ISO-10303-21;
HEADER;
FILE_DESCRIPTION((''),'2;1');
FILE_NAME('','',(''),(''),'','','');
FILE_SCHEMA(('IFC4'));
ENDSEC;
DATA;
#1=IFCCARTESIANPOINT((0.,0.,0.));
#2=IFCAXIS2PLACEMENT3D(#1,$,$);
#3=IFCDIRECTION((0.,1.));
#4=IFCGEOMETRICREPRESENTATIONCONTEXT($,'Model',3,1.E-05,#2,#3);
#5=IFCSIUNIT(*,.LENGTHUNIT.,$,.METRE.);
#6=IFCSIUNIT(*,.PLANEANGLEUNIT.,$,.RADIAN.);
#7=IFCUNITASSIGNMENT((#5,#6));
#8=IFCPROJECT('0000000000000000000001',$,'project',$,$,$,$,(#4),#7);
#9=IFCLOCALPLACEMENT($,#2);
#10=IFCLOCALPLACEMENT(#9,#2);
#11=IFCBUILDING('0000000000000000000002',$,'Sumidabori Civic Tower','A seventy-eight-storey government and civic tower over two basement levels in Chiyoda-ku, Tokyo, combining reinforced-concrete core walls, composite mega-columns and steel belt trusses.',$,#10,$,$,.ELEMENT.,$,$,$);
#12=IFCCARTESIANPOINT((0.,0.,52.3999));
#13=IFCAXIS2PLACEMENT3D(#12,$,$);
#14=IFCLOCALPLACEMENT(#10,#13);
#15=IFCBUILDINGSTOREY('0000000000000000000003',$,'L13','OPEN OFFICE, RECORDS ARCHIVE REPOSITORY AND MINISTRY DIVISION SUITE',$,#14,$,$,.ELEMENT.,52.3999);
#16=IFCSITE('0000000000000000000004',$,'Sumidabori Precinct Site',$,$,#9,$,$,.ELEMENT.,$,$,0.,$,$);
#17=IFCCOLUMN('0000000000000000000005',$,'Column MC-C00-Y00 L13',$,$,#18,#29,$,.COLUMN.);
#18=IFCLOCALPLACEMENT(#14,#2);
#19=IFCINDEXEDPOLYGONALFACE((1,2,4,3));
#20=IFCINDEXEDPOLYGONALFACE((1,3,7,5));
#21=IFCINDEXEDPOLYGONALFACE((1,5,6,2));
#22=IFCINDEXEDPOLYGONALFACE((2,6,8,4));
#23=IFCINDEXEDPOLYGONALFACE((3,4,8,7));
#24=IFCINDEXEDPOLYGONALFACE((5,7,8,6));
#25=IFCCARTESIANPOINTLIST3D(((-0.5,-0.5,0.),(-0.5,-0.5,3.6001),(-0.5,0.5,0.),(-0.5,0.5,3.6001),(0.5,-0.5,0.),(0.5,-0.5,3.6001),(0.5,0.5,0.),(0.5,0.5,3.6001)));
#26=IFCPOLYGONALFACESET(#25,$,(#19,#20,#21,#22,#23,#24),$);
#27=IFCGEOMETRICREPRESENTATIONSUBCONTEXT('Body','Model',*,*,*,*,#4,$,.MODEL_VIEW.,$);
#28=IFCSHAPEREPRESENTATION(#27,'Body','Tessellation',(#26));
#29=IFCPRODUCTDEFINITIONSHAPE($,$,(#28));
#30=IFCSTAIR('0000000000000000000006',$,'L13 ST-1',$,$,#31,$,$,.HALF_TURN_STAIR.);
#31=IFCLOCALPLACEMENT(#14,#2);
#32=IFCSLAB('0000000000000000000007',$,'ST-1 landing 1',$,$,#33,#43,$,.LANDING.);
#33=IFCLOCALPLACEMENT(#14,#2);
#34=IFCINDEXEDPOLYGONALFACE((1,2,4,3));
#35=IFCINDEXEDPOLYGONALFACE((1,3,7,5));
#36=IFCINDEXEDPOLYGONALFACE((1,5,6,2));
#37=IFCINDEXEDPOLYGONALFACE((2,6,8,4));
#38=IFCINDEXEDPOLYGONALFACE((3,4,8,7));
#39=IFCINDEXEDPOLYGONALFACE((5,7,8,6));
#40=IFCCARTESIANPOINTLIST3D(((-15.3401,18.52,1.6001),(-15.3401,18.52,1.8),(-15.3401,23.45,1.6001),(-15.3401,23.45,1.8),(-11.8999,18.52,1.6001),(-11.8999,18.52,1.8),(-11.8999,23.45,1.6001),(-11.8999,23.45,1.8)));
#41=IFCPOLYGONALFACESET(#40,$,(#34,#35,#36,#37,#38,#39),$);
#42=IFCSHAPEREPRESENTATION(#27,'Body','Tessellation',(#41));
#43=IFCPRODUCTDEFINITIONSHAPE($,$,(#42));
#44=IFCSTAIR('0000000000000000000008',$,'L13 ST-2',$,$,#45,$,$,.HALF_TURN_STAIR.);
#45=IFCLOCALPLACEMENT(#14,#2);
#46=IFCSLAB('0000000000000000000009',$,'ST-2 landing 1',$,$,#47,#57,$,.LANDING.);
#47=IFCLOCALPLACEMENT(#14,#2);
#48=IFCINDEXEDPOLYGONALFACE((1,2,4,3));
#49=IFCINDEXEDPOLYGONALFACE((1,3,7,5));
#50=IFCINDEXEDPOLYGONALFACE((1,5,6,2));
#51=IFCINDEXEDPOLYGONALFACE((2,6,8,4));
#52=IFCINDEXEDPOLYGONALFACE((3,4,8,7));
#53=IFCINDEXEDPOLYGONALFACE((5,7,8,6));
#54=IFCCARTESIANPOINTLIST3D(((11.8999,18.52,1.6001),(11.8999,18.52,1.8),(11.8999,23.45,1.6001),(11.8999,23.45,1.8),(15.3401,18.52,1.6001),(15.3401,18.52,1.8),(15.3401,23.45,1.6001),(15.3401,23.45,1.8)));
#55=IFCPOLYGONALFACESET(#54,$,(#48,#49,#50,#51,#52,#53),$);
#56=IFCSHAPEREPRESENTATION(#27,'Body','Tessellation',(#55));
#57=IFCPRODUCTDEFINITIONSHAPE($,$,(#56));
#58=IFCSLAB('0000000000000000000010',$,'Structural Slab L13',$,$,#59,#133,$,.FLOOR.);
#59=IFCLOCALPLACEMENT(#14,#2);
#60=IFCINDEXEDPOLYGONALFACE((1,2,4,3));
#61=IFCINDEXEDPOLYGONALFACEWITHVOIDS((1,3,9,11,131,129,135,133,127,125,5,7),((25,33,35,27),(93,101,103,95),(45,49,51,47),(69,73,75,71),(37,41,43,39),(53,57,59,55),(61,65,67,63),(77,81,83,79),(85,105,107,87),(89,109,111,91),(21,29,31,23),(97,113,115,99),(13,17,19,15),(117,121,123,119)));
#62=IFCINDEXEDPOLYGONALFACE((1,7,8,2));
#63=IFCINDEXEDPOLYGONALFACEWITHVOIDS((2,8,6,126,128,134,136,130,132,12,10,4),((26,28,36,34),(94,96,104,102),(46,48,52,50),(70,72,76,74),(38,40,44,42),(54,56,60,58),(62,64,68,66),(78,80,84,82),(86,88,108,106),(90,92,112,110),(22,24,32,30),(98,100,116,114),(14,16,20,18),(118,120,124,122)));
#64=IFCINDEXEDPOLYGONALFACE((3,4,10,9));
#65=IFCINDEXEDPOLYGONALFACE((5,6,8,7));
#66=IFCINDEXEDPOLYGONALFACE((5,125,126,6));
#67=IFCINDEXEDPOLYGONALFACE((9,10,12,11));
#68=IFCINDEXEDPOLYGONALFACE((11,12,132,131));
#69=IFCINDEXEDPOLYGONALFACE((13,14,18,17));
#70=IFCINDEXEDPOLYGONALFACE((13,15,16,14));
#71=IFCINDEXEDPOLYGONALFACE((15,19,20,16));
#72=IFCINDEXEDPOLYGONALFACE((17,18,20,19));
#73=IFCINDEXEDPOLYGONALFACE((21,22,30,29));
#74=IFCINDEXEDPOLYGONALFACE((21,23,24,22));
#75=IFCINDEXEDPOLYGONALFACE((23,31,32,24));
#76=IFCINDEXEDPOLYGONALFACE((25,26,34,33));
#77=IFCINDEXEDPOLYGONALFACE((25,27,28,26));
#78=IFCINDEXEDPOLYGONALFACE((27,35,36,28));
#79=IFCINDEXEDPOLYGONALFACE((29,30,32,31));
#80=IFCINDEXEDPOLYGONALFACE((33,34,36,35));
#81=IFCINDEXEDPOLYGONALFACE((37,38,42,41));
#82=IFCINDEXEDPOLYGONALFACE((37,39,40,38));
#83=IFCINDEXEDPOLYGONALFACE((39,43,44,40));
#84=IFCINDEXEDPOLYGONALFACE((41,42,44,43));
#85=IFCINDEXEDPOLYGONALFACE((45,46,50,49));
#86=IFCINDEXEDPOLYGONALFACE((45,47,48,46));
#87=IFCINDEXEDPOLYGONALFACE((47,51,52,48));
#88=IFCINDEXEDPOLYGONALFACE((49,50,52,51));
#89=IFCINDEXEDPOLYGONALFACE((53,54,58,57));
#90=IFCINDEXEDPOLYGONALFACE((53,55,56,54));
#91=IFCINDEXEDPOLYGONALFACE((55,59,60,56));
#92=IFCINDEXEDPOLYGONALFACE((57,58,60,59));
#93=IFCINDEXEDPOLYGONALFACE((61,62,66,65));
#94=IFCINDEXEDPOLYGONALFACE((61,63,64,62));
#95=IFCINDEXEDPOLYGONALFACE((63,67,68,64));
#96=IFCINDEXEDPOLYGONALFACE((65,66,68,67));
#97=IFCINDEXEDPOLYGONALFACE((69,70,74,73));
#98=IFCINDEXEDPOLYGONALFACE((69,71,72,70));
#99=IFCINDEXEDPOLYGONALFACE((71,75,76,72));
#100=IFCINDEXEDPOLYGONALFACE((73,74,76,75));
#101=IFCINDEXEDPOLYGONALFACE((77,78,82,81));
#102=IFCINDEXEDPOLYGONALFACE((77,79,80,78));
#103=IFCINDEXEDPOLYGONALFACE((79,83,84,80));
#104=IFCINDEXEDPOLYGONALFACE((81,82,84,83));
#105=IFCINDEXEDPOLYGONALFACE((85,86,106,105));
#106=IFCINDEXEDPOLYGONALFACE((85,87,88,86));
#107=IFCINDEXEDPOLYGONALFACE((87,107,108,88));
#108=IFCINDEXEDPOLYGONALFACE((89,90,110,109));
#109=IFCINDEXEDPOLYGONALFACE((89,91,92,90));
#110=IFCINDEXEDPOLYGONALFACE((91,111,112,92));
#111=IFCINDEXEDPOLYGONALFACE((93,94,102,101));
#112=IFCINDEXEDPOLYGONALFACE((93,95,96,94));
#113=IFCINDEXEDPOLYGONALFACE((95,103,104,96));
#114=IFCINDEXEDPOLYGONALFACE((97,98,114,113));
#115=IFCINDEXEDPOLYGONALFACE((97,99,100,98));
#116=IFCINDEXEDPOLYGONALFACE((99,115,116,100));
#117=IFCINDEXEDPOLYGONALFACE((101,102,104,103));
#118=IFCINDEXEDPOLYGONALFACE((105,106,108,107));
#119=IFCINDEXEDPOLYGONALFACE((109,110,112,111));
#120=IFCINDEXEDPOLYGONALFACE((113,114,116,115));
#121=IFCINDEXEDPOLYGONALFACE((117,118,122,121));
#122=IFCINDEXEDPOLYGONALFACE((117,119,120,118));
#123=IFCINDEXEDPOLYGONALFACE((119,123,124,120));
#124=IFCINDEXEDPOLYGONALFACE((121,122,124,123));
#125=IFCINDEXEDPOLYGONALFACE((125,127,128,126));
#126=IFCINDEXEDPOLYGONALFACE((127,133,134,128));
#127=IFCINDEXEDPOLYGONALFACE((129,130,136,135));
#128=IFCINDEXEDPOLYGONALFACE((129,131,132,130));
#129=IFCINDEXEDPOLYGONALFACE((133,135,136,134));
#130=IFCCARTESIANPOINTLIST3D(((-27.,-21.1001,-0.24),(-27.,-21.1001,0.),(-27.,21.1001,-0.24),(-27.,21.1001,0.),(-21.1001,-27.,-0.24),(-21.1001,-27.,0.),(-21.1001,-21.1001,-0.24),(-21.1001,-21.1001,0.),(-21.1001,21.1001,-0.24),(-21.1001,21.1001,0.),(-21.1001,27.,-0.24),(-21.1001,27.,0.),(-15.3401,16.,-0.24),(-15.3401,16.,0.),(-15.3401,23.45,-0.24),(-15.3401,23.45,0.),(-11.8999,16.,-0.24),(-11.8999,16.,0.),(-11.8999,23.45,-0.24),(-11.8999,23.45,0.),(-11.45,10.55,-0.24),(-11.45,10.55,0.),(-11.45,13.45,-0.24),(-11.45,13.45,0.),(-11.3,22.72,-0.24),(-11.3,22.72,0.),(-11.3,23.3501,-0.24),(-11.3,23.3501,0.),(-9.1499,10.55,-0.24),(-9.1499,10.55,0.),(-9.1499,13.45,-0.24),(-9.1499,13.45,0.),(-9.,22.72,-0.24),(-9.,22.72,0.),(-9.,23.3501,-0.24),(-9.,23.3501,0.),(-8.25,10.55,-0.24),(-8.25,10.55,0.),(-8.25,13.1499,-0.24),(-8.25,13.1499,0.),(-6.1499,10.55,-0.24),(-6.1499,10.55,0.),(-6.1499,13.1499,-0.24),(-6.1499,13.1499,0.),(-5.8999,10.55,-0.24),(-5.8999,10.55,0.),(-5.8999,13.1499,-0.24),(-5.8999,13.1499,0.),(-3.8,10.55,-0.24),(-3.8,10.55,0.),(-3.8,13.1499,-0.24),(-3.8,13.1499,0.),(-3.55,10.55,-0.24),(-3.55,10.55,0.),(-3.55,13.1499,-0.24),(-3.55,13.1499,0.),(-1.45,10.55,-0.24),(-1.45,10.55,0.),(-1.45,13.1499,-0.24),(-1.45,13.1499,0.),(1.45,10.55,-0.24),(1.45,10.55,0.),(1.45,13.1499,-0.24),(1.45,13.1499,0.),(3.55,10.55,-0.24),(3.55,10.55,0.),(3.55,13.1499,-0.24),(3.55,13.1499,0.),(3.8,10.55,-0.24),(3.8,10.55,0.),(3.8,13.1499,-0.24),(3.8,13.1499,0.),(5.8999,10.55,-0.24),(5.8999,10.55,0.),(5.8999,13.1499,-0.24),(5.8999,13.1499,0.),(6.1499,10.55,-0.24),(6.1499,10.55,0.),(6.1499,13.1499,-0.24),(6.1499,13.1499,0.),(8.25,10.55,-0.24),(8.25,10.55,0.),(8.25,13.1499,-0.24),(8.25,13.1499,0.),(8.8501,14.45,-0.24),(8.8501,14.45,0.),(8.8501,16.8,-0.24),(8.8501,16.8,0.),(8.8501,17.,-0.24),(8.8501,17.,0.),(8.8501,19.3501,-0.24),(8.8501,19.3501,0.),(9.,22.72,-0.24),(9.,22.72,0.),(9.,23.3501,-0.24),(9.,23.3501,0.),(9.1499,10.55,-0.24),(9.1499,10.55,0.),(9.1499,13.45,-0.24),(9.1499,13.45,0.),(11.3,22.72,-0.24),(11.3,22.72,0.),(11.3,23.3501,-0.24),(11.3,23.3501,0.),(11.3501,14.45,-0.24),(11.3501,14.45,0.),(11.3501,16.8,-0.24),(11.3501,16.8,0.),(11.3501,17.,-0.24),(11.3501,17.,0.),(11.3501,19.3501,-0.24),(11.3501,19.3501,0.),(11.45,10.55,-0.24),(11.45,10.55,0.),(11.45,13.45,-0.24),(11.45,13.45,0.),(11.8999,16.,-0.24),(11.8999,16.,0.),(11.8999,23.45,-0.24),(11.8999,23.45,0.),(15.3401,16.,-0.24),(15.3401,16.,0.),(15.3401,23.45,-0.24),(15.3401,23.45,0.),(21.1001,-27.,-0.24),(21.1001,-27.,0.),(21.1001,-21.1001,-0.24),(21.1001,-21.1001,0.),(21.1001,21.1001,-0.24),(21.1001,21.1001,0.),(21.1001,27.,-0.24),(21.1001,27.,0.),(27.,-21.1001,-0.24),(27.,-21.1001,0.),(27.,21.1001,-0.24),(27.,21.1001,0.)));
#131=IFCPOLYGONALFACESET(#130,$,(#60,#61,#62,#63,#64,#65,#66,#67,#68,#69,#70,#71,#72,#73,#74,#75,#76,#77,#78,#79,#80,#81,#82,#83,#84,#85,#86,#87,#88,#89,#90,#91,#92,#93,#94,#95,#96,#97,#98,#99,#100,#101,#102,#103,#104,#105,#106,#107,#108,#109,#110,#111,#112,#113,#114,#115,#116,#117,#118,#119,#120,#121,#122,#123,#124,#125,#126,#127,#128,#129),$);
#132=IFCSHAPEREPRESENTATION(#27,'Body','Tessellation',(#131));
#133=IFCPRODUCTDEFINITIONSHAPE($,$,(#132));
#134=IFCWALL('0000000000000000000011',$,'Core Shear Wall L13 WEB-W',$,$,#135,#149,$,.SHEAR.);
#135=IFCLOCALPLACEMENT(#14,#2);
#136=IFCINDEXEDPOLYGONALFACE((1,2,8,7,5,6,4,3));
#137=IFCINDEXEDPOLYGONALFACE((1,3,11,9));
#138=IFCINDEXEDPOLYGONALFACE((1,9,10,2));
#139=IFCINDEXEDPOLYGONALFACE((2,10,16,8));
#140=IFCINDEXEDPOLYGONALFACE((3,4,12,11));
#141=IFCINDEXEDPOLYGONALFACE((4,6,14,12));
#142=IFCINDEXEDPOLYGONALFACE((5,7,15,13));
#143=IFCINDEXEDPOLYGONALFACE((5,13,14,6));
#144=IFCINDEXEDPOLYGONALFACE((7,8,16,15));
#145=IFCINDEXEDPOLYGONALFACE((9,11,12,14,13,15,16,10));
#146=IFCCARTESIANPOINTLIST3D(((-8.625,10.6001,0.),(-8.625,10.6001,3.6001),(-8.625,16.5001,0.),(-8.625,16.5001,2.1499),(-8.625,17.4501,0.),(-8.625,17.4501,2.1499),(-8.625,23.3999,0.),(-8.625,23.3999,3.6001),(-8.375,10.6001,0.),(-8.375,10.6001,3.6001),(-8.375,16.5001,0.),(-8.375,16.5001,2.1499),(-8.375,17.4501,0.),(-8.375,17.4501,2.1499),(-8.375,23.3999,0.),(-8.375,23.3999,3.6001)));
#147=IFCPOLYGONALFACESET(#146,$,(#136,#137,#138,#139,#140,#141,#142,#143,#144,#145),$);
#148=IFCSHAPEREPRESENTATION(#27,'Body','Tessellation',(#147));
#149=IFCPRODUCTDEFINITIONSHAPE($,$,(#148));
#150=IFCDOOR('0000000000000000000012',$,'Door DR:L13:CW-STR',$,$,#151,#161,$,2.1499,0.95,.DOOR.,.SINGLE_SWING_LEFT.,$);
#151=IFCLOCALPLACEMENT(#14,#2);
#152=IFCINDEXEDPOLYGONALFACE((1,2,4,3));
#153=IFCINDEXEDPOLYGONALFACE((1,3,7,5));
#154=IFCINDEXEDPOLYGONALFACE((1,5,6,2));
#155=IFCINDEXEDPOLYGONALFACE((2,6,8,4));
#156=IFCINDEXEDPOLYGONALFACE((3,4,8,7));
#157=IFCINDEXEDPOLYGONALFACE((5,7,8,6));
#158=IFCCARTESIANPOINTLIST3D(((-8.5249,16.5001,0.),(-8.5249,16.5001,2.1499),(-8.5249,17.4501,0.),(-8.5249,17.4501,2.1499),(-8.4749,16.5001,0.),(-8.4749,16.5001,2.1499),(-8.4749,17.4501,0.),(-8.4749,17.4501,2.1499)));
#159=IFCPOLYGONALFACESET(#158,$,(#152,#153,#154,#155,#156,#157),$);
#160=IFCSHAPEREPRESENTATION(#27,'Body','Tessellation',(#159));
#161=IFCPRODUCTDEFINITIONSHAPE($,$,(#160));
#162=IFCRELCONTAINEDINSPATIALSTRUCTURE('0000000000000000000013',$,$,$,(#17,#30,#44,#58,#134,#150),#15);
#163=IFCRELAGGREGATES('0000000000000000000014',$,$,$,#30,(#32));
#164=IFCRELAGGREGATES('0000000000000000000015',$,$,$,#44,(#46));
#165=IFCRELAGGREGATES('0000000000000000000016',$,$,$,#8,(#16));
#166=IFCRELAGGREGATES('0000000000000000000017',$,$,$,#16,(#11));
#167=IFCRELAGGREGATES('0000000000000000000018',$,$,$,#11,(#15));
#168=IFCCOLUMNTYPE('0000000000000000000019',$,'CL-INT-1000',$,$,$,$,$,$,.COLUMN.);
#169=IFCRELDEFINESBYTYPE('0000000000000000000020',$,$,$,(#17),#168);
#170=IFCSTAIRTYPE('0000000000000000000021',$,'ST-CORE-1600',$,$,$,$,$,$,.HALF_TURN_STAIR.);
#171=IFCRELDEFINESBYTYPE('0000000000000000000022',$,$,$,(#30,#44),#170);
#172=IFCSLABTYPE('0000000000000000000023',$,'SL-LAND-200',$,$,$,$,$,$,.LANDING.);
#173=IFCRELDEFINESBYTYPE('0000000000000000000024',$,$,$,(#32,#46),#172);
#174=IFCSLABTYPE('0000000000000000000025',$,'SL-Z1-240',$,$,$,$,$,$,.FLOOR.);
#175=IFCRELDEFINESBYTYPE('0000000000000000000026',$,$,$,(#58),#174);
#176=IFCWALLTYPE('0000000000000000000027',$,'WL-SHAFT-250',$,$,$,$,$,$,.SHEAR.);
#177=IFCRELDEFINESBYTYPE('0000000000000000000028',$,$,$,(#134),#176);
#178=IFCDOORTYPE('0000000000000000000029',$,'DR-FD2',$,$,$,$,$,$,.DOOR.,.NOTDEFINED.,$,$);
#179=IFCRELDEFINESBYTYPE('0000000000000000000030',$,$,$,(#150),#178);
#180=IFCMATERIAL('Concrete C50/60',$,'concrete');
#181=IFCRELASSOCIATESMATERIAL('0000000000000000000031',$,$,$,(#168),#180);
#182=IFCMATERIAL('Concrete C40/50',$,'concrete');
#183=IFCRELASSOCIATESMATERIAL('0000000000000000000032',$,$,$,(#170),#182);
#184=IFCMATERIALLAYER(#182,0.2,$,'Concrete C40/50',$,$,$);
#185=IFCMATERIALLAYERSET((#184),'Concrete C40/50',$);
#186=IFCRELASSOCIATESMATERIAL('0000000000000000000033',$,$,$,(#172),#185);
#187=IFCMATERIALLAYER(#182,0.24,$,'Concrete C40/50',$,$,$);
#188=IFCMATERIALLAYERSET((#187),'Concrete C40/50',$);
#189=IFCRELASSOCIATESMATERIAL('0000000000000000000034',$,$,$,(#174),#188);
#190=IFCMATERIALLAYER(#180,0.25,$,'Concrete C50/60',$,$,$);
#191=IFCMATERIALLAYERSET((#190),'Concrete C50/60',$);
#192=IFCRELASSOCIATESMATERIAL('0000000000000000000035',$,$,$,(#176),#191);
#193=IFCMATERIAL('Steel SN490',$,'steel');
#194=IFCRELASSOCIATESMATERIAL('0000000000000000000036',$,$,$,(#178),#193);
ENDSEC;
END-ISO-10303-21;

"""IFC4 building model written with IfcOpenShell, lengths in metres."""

from ifc_helpers import new_model, si_unit, direction, frame, frame_2d, origin, origin_with_axes, origin_2d, place, context, subcontext, project, spatial, polyline, rectangle, outline, extrude, source, transform, mapped, material, layer, layer_set, material_profile, profile_set, type_object, element, fill, aggregate, save


model = new_model("IFC4")

# Units and contexts
model_context = context("Model", 3, precision=1e-05, world=origin(), true_north=direction((0.0, 1.0)))
body_context = subcontext(model_context, "Body", "Model", "MODEL_VIEW")
ifc_project = project(units=[si_unit("LENGTHUNIT", "METRE"), si_unit("PLANEANGLEUNIT", "RADIAN")], contexts=[model_context])

# Site, building, storey
site_placement = place(None, origin())
site = spatial("IfcSite", under=ifc_project, at=site_placement, Name="Sumidabori Precinct Site", CompositionType="ELEMENT", RefElevation=0.0)
building_placement = place(site_placement, origin())
building = spatial("IfcBuilding", under=site, at=building_placement, Name="Sumidabori Civic Tower", Description="A seventy-eight-storey government and civic tower over two basement levels in Chiyoda-ku, Tokyo, combining reinforced-concrete core walls, composite mega-columns and steel belt trusses.", CompositionType="ELEMENT")
storey_placement = place(building_placement, frame((0.0, 0.0, 52.3999)))
storey = spatial("IfcBuildingStorey", under=building, at=storey_placement, Name="L13", Description="OPEN OFFICE, RECORDS ARCHIVE REPOSITORY AND MINISTRY DIVISION SUITE", CompositionType="ELEMENT", Elevation=52.3999)

# Column
ifc_material_1 = material(Name="Concrete C50/60", Category="concrete")
ifc_material_profile = material_profile(ifc_material_1, rectangle(XDim=1.0, YDim=1.0, at=origin_2d()), Name="RC 1000x1000")
ifc_profile_set = profile_set([ifc_material_profile], Name="Concrete C50/60")
column_type = type_object("IfcColumnType", Name="CL-INT-1000", PredefinedType="COLUMN", material=ifc_profile_set)
shared_shape_1 = source(origin(), body_context, "Body", "SweptSolid", [
    extrude(rectangle(XDim=1.0, YDim=1.0, at=origin_2d()), origin(), (0.0, 0.0, 1.0), 3.6001),
])
column_placement = place(storey_placement, origin_with_axes())
element("IfcColumn", 1, at=column_placement, inside=storey, type_object=column_type, Name="Column MC-C00-Y00 L13", PredefinedType="COLUMN", context=body_context, shape_type="MappedRepresentation", body=[
    mapped(shared_shape_1, transform((0.0, 0.0, 0.0), x_axis=(1.0, 0.0, 0.0), y_axis=(0.0, 1.0, 0.0), z_axis=(0.0, 0.0, 1.0), scale=1.0)),
])

# Stairs, slabs
ifc_material_2 = material(Name="Concrete C40/50", Category="concrete")
stair_type = type_object("IfcStairType", Name="ST-CORE-1600", PredefinedType="HALF_TURN_STAIR", material=ifc_material_2)
stair_1_placement = place(storey_placement, origin())
stair_1 = element("IfcStair", 2, at=stair_1_placement, inside=storey, type_object=stair_type, Name="L13 ST-1", PredefinedType="HALF_TURN_STAIR")
ifc_layer_1 = layer(ifc_material_2, 0.2, Name="Concrete C40/50")
ifc_layer_set_1 = layer_set([ifc_layer_1], Name="Concrete C40/50")
slab_type_1 = type_object("IfcSlabType", Name="SL-LAND-200", PredefinedType="LANDING", material=ifc_layer_set_1)
slab_1_placement = place(storey_placement, frame((0.0, 0.0, 1.6001)))
slab_1 = element("IfcSlab", 3, at=slab_1_placement, type_object=slab_type_1, Name="ST-1 landing 1", PredefinedType="LANDING", context=body_context, shape_type="SweptSolid", body=[
    extrude(outline(polyline([(-11.8999, 18.52), (-11.8999, 23.45), (-15.3401, 23.45), (-15.3401, 18.52), (-11.8999, 18.52)])), origin(), (0.0, 0.0, 1.0), 0.2),
])
aggregate(stair_1, [slab_1])
stair_2_placement = place(storey_placement, origin())
stair_2 = element("IfcStair", 4, at=stair_2_placement, inside=storey, type_object=stair_type, Name="L13 ST-2", PredefinedType="HALF_TURN_STAIR")
slab_2_placement = place(storey_placement, frame((0.0, 0.0, 1.6001)))
slab_2 = element("IfcSlab", 5, at=slab_2_placement, type_object=slab_type_1, Name="ST-2 landing 1", PredefinedType="LANDING", context=body_context, shape_type="SweptSolid", body=[
    extrude(outline(polyline([(15.3401, 18.52), (15.3401, 23.45), (11.8999, 23.45), (11.8999, 18.52), (15.3401, 18.52)])), origin(), (0.0, 0.0, 1.0), 0.2),
])
aggregate(stair_2, [slab_2])

# Slab
ifc_layer_2 = layer(ifc_material_2, 0.24, Name="Concrete C40/50")
ifc_layer_set_2 = layer_set([ifc_layer_2], Name="Concrete C40/50")
slab_type_2 = type_object("IfcSlabType", Name="SL-Z1-240", PredefinedType="FLOOR", material=ifc_layer_set_2)
slab_3_placement = place(storey_placement, frame((0.0, 0.0, -0.24)))
element("IfcSlab", 6, at=slab_3_placement, inside=storey, type_object=slab_type_2, Name="Structural Slab L13", PredefinedType="FLOOR", context=body_context, shape_type="SweptSolid", body=[
    extrude(outline(polyline([(-21.1001, -27.0), (21.1001, -27.0), (21.1001, -21.1001), (27.0, -21.1001), (27.0, 21.1001), (21.1001, 21.1001), (21.1001, 27.0), (-21.1001, 27.0), (-21.1001, 21.1001), (-27.0, 21.1001), (-27.0, -21.1001), (-21.1001, -21.1001), (-21.1001, -27.0)]), holes=[polyline([(-11.8999, 16.0), (-11.8999, 23.45), (-15.3401, 23.45), (-15.3401, 16.0), (-11.8999, 16.0)]), polyline([(15.3401, 16.0), (15.3401, 23.45), (11.8999, 23.45), (11.8999, 16.0), (15.3401, 16.0)]), polyline([(-11.45, 10.55), (-9.1499, 10.55), (-9.1499, 13.45), (-11.45, 13.45), (-11.45, 10.55)]), polyline([(9.1499, 10.55), (11.45, 10.55), (11.45, 13.45), (9.1499, 13.45), (9.1499, 10.55)]), polyline([(-8.25, 10.55), (-6.1499, 10.55), (-6.1499, 13.1499), (-8.25, 13.1499), (-8.25, 10.55)]), polyline([(-5.8999, 10.55), (-3.8, 10.55), (-3.8, 13.1499), (-5.8999, 13.1499), (-5.8999, 10.55)]), polyline([(-3.55, 10.55), (-1.45, 10.55), (-1.45, 13.1499), (-3.55, 13.1499), (-3.55, 10.55)]), polyline([(1.45, 10.55), (3.55, 10.55), (3.55, 13.1499), (1.45, 13.1499), (1.45, 10.55)]), polyline([(3.8, 10.55), (5.8999, 10.55), (5.8999, 13.1499), (3.8, 13.1499), (3.8, 10.55)]), polyline([(6.1499, 10.55), (8.25, 10.55), (8.25, 13.1499), (6.1499, 13.1499), (6.1499, 10.55)]), polyline([(8.8501, 14.45), (11.3501, 14.45), (11.3501, 16.8), (8.8501, 16.8), (8.8501, 14.45)]), polyline([(8.8501, 17.0), (11.3501, 17.0), (11.3501, 19.3501), (8.8501, 19.3501), (8.8501, 17.0)]), polyline([(-11.3, 22.72), (-9.0, 22.72), (-9.0, 23.3501), (-11.3, 23.3501), (-11.3, 22.72)]), polyline([(9.0, 22.72), (11.3, 22.72), (11.3, 23.3501), (9.0, 23.3501), (9.0, 22.72)])]), origin(), (0.0, 0.0, 1.0), 0.24),
])

# Wall, opening, door
ifc_layer_3 = layer(ifc_material_1, 0.25, Name="Concrete C50/60")
ifc_layer_set_3 = layer_set([ifc_layer_3], Name="Concrete C50/60")
wall_type_1 = type_object("IfcWallType", Name="WL-SHAFT-250", PredefinedType="SHEAR", material=ifc_layer_set_3)
shared_shape_2 = source(origin(), body_context, "Body", "SweptSolid", [
    extrude(rectangle(XDim=12.7998, YDim=0.25, at=frame_2d((6.3999, 0.0))), origin(), (0.0, 0.0, 1.0), 3.6001),
])
wall_1_placement = place(storey_placement, frame((-8.5, 10.6001, 0.0), z_axis=(0.0, 0.0, 1.0), x_axis=(0.0, 1.0, 0.0)))
wall_1 = element("IfcWall", 7, at=wall_1_placement, inside=storey, type_object=wall_type_1, Name="Core Shear Wall L13 WEB-W", PredefinedType="SHEAR", context=body_context, shape_type="MappedRepresentation", body=[
    mapped(shared_shape_2, transform((0.0, 0.0, 0.0), x_axis=(1.0, 0.0, 0.0), y_axis=(0.0, 1.0, 0.0), z_axis=(0.0, 0.0, 1.0), scale=1.0)),
])
opening_1_placement = place(wall_1_placement, frame((5.8999, 0.0, 0.0)))
opening_1 = element("IfcOpeningElement", 8, at=opening_1_placement, cuts=wall_1, PredefinedType="OPENING", context=body_context, shape_type="SweptSolid", body=[
    extrude(rectangle(XDim=0.95, YDim=2.1499, at=frame_2d((0.4751, 1.075))), frame((0.0, 0.137, 0.0), z_axis=(0.0, -1.0, 0.0), x_axis=(1.0, 0.0, 0.0)), (0.0, 0.0, 1.0), 0.2739),
])
ifc_material_3 = material(Name="Steel SN490", Category="steel")
door_type_1 = type_object("IfcDoorType", Name="DR-FD2", OperationType="NOTDEFINED", PredefinedType="DOOR", material=ifc_material_3)
shared_shape_3 = source(origin(), body_context, "Body", "SweptSolid", [
    extrude(rectangle(XDim=0.95, YDim=2.1499, at=frame_2d((0.4751, 1.075))), frame((0.0, 0.0249, 0.0), z_axis=(0.0, -1.0, 0.0), x_axis=(1.0, 0.0, 0.0)), (0.0, 0.0, 1.0), 0.05),
])
door_1_placement = place(opening_1_placement, origin())
door_1 = element("IfcDoor", 9, at=door_1_placement, inside=storey, type_object=door_type_1, Name="Door DR:L13:CW-STR", OperationType="SINGLE_SWING_LEFT", OverallHeight=2.1499, OverallWidth=0.95, PredefinedType="DOOR", context=body_context, shape_type="MappedRepresentation", body=[
    mapped(shared_shape_3, transform((0.0, 0.0, 0.0), x_axis=(1.0, 0.0, 0.0), y_axis=(0.0, 1.0, 0.0), z_axis=(0.0, 0.0, 1.0), scale=1.0)),
])
fill(opening_1, door_1)

save(model, "model.ifc")
